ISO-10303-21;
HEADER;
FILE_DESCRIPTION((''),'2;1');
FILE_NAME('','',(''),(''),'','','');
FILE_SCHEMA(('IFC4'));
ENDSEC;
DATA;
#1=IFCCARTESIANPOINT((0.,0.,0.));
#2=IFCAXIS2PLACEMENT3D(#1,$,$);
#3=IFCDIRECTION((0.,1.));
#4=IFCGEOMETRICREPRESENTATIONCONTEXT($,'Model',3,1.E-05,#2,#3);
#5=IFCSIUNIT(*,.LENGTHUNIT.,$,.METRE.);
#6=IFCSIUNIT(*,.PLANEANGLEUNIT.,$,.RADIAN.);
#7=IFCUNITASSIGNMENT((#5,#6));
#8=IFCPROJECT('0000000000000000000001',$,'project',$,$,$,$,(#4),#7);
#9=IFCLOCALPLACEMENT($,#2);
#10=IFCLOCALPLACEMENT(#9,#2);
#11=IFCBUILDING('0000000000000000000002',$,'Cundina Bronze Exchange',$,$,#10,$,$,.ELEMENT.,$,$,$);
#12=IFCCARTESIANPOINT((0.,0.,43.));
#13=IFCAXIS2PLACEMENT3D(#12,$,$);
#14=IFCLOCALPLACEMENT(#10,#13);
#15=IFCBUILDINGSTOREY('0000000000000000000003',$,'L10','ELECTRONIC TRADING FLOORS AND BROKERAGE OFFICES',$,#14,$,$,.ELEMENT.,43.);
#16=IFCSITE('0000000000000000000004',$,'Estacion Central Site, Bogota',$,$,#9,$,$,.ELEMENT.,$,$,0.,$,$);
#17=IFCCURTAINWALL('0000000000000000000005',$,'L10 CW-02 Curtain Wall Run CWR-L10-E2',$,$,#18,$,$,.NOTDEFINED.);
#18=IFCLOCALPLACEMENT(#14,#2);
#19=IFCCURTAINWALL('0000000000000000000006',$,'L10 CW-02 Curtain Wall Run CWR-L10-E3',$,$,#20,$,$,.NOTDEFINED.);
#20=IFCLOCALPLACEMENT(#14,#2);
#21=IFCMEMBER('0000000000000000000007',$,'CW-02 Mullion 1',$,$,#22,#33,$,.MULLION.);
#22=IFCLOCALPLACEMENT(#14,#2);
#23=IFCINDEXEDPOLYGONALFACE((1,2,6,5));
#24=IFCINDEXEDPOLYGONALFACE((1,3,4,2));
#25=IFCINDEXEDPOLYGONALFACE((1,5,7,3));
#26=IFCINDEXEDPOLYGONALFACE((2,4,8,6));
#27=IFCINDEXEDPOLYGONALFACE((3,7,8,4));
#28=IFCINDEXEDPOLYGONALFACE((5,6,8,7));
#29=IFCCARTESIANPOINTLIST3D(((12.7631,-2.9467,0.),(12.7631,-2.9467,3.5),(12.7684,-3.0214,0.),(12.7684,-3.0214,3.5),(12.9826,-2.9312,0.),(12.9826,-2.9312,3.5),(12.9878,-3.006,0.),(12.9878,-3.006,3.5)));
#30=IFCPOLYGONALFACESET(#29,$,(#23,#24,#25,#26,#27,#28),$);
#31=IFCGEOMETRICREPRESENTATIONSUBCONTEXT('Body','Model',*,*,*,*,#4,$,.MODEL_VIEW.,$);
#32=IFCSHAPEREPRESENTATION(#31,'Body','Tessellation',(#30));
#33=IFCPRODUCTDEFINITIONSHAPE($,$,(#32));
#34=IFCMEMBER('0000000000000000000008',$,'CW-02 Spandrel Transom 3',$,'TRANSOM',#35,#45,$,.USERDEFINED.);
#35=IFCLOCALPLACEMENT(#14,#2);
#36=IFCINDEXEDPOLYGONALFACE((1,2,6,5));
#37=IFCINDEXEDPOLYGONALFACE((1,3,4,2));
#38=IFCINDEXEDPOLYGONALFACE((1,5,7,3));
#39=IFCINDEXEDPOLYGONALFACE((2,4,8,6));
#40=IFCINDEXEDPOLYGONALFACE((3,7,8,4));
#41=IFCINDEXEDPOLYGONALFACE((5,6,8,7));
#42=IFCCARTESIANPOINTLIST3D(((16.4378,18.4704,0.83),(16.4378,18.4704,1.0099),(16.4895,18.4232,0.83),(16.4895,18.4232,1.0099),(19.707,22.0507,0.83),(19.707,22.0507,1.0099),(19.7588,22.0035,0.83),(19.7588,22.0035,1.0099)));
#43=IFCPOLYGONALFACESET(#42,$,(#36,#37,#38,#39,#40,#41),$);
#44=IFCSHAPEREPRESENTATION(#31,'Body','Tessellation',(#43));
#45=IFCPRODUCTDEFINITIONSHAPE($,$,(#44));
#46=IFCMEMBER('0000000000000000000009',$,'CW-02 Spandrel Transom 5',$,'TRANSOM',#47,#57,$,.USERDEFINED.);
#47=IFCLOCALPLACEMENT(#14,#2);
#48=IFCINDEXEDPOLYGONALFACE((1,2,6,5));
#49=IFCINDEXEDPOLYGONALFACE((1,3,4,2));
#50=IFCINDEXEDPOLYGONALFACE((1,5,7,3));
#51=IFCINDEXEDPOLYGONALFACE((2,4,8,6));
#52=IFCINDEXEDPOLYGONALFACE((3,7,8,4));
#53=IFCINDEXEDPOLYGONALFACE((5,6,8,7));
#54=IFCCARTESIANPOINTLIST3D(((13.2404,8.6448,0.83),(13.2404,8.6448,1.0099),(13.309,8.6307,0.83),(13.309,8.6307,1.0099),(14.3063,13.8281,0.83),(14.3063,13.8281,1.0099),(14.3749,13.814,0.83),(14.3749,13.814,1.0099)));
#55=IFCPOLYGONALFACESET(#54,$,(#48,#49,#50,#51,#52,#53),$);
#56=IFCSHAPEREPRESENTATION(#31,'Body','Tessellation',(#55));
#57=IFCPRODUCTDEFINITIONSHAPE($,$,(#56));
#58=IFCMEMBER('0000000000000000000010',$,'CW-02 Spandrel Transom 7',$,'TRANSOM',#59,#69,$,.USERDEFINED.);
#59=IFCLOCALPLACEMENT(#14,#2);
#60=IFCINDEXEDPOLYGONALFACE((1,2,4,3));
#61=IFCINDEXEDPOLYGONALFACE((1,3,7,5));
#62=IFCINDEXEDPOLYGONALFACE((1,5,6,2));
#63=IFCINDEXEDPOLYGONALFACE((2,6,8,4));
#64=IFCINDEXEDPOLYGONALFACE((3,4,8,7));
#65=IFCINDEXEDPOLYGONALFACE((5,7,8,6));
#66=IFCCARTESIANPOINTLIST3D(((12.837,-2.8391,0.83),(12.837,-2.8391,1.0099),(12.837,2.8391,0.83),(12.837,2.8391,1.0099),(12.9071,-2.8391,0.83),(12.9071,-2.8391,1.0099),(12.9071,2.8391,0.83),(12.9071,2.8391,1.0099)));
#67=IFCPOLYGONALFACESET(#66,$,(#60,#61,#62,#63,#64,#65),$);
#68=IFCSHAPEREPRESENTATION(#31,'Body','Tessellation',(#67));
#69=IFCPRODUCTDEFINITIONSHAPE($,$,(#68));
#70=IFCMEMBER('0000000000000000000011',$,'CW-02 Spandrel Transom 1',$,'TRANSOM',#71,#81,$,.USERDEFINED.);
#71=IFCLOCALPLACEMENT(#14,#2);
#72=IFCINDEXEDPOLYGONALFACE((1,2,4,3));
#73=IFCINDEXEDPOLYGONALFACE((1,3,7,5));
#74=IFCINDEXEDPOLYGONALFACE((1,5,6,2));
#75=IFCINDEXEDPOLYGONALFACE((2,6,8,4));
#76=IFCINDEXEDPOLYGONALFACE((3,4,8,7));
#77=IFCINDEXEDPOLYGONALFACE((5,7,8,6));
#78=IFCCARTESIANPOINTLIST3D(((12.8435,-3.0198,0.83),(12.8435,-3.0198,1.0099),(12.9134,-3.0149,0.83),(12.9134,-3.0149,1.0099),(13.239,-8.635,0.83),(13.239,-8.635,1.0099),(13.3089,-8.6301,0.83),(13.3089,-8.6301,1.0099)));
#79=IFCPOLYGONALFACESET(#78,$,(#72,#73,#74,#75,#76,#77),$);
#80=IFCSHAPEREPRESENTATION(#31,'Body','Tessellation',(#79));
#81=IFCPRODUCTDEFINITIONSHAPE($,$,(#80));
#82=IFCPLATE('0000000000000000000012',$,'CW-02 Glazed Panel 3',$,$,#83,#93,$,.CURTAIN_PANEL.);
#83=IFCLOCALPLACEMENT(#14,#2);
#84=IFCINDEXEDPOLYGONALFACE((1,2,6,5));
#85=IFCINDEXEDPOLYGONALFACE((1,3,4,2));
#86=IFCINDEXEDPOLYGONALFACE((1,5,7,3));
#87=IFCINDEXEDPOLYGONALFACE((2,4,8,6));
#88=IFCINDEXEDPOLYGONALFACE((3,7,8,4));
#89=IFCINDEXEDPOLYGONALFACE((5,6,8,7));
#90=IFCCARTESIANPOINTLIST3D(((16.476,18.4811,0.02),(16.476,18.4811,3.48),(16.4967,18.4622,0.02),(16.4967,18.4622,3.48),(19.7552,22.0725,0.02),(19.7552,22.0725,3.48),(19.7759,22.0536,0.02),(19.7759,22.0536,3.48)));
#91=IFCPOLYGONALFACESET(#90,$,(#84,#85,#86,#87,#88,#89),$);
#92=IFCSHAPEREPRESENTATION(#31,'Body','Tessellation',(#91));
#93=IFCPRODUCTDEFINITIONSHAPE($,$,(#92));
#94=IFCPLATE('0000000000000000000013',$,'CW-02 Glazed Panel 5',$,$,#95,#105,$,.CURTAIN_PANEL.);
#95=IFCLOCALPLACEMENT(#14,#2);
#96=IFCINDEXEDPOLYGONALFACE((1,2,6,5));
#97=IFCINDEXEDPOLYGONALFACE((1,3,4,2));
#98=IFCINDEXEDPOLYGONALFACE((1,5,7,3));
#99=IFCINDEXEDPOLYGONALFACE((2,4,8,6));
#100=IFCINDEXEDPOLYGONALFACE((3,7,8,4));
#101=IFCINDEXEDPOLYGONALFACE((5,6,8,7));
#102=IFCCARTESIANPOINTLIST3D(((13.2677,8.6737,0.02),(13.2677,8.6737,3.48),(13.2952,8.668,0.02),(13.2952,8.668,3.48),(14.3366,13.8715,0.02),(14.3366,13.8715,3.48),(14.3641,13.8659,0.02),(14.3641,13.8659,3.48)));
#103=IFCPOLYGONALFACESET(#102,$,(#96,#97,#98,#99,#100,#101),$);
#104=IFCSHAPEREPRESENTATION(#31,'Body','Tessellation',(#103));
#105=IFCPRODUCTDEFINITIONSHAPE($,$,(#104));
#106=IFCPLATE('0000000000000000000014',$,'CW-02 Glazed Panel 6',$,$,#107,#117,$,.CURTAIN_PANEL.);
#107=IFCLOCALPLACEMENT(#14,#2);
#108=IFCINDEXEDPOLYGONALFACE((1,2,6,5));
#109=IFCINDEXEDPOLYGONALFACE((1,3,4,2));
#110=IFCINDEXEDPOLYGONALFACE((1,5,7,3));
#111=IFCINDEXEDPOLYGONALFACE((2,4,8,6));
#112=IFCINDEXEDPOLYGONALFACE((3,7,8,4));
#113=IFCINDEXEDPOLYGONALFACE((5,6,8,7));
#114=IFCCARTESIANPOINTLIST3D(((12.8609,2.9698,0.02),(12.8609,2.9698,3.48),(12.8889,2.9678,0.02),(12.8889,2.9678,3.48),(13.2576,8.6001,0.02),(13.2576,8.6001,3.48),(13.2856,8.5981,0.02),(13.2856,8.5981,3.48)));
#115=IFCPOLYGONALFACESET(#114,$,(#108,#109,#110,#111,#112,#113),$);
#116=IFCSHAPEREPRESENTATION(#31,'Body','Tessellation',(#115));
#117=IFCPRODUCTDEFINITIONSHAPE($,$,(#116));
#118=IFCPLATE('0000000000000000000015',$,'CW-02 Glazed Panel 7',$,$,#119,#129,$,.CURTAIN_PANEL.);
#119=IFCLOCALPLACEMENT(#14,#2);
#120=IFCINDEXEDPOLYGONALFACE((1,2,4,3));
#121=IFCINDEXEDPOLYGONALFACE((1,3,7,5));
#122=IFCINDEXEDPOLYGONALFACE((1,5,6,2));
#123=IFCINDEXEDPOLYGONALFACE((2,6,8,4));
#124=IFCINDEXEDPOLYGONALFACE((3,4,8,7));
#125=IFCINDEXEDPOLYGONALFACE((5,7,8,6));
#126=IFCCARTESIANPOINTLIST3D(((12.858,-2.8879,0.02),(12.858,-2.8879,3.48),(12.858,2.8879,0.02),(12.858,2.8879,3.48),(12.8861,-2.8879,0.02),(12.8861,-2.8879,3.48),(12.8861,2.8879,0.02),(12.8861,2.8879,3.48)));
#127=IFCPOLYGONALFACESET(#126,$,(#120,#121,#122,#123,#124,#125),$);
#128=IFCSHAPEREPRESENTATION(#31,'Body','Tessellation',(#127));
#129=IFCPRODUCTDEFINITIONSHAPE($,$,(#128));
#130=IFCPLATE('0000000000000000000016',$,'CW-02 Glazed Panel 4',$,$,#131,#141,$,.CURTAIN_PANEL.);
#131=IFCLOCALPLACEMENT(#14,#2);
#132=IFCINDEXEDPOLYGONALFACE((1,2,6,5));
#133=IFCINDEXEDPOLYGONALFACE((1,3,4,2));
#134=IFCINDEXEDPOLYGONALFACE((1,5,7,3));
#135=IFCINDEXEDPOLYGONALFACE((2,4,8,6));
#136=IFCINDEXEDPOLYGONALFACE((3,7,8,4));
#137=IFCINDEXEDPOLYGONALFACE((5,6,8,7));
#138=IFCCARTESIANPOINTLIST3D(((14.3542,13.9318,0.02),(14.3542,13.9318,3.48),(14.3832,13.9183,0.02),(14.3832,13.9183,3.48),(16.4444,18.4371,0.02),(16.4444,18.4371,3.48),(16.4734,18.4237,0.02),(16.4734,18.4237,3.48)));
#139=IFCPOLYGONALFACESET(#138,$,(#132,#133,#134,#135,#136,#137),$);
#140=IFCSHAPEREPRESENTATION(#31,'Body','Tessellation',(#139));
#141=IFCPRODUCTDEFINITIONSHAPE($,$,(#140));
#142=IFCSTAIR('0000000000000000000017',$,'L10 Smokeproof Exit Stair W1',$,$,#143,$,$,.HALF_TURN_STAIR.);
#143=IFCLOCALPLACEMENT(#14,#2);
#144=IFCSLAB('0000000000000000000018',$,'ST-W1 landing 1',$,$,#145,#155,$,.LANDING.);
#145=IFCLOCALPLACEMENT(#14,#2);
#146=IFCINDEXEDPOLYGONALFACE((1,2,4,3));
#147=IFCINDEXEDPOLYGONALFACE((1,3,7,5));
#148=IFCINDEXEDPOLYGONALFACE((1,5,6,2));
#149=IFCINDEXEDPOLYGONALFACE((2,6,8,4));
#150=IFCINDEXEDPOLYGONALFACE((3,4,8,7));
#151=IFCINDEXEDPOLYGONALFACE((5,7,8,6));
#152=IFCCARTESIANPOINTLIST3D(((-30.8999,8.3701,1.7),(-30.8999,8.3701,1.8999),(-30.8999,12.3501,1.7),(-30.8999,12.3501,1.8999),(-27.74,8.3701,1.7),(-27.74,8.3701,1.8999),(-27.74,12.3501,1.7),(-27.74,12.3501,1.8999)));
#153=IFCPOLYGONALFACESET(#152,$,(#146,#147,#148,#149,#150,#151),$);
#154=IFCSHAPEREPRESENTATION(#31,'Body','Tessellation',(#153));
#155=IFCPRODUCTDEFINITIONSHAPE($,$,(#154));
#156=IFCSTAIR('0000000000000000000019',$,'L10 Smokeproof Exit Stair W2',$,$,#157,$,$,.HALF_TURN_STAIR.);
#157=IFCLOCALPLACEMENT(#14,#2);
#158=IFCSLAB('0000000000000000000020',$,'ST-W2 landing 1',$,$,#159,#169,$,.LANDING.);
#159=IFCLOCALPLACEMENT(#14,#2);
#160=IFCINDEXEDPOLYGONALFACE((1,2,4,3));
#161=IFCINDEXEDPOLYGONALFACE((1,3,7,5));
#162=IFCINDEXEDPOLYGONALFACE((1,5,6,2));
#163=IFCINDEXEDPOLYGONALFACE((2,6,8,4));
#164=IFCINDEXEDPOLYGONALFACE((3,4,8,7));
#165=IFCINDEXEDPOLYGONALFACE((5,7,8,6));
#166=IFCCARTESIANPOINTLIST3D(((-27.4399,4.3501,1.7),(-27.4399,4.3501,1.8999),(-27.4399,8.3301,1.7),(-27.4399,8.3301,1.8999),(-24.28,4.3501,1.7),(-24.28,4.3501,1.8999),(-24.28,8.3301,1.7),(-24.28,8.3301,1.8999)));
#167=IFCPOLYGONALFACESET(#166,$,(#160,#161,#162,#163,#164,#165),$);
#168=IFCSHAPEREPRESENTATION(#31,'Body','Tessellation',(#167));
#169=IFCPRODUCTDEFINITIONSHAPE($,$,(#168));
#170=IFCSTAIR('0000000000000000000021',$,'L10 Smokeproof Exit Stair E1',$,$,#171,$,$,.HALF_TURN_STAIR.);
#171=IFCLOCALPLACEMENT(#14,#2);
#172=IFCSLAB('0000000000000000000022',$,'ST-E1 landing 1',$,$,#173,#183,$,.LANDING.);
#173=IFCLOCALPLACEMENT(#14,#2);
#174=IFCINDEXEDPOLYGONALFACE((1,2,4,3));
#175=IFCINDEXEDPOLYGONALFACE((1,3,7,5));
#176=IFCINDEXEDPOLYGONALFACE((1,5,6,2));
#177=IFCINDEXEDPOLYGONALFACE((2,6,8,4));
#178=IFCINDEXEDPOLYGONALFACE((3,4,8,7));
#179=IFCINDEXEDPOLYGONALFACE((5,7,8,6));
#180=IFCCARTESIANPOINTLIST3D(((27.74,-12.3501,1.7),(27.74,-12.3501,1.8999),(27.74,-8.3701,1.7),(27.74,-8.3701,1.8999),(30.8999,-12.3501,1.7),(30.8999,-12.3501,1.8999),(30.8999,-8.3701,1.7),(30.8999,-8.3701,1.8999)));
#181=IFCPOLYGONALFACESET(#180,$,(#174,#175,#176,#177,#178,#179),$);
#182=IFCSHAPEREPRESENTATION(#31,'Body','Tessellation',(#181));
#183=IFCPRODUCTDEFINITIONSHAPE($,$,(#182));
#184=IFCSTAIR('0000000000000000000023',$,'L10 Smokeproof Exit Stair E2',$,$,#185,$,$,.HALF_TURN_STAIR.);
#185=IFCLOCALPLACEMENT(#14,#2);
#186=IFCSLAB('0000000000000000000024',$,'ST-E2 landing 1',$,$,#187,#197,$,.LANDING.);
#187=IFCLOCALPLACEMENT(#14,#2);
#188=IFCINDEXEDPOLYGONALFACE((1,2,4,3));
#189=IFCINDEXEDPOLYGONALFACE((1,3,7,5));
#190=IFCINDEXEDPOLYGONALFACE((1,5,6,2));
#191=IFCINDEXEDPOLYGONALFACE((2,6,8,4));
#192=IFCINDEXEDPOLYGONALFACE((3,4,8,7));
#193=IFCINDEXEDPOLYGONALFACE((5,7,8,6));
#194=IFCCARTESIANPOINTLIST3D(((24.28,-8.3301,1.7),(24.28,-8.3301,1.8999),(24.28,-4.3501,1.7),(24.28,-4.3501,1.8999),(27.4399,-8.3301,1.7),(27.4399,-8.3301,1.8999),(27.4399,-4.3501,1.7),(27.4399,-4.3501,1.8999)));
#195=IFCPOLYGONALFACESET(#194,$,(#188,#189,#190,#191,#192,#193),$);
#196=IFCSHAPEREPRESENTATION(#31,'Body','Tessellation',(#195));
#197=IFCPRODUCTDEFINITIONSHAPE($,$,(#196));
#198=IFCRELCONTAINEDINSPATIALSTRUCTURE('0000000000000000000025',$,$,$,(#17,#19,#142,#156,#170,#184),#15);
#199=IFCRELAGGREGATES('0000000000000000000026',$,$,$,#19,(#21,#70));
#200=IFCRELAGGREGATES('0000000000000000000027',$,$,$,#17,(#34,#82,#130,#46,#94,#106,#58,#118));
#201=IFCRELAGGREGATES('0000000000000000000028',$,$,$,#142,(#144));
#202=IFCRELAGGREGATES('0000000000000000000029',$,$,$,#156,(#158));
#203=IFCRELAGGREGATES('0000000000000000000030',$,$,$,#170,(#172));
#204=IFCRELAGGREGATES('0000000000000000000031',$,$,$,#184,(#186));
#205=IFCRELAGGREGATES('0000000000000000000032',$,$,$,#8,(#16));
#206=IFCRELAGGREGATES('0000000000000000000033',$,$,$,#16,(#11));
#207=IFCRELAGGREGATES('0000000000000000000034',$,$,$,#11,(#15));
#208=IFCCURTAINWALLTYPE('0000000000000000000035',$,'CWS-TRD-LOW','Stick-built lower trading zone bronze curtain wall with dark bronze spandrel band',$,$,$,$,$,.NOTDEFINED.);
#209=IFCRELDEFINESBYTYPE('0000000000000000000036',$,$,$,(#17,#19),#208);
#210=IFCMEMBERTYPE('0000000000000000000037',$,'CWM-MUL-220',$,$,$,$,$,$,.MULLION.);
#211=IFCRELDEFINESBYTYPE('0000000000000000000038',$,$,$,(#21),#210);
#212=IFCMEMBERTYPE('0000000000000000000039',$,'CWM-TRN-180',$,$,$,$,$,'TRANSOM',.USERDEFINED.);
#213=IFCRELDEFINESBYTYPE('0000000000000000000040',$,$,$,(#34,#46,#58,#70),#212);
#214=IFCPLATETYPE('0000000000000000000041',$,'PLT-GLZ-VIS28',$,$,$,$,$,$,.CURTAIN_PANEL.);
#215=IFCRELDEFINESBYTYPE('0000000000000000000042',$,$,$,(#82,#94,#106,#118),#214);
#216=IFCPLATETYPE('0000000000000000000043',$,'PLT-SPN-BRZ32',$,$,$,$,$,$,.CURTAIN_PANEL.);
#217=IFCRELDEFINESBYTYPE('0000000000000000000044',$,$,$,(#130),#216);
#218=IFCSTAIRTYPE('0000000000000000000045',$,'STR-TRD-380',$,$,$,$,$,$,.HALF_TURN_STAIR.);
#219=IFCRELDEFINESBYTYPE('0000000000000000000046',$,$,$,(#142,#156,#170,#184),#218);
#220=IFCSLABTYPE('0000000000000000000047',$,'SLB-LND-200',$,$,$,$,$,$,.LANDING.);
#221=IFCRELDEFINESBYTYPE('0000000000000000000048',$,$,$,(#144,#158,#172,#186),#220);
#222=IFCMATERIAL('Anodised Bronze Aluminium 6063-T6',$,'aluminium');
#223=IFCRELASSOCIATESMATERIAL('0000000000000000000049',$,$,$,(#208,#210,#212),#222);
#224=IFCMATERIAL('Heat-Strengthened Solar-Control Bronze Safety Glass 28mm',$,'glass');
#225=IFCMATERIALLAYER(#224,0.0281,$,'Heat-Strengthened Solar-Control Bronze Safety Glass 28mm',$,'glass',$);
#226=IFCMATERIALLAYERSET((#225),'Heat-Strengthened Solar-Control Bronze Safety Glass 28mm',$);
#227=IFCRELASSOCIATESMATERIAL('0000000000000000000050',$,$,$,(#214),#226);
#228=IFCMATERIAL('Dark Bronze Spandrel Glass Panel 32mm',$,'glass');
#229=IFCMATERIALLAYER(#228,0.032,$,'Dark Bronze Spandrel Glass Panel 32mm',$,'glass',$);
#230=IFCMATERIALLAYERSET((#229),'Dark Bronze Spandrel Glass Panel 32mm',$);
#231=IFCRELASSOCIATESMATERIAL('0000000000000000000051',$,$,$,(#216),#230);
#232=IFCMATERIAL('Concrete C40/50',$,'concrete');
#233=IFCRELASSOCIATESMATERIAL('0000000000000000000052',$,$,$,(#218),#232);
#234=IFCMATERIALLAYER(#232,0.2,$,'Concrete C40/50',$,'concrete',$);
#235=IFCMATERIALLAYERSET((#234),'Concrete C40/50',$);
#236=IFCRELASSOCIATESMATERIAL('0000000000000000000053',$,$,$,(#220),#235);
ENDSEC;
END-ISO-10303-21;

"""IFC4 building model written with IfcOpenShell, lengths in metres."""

from ifc_helpers import new_model, si_unit, direction, frame, origin, origin_2d, place, context, subcontext, project, spatial, polyline, rectangle, outline, extrude, material, layer, layer_set, material_profile, profile_set, type_object, element, aggregate, save


model = new_model("IFC4")

# Units and contexts
model_context = context("Model", 3, precision=1e-05, world=origin(), true_north=direction((0.0, 1.0)))
body_context = subcontext(model_context, "Body", "Model", "MODEL_VIEW")
ifc_project = project(units=[si_unit("LENGTHUNIT", "METRE"), si_unit("PLANEANGLEUNIT", "RADIAN")], contexts=[model_context])

# Site, building, storey
site_placement = place(None, origin())
site = spatial("IfcSite", under=ifc_project, at=site_placement, Name="Estacion Central Site, Bogota", CompositionType="ELEMENT", RefElevation=0.0)
building_placement = place(site_placement, origin())
building = spatial("IfcBuilding", under=site, at=building_placement, Name="Cundina Bronze Exchange", CompositionType="ELEMENT")
storey_placement = place(building_placement, frame((0.0, 0.0, 43.0)))
storey = spatial("IfcBuildingStorey", under=building, at=storey_placement, Name="L10", Description="ELECTRONIC TRADING FLOORS AND BROKERAGE OFFICES", CompositionType="ELEMENT", Elevation=43.0)

# Curtain wall
ifc_material_1 = material(Name="Anodised Bronze Aluminium 6063-T6", Category="aluminium")
curtain_wall_type = type_object("IfcCurtainWallType", Name="CWS-TRD-LOW", Description="Stick-built lower trading zone bronze curtain wall with dark bronze spandrel band", PredefinedType="NOTDEFINED", material=ifc_material_1)
curtain_wall_1_placement = place(storey_placement, origin())
curtain_wall_1 = element("IfcCurtainWall", 1, at=curtain_wall_1_placement, inside=storey, type_object=curtain_wall_type, Name="L10 CW-02 Curtain Wall Run CWR-L10-E2", PredefinedType="NOTDEFINED")
ifc_material_profile_1 = material_profile(ifc_material_1, rectangle(XDim=0.075, YDim=0.22, at=origin_2d()), Name="AL75X220", Category="aluminium")
ifc_profile_set_1 = profile_set([ifc_material_profile_1], Name="Anodised Bronze Aluminium 6063-T6")
member_type_1 = type_object("IfcMemberType", Name="CWM-MUL-220", PredefinedType="MULLION", material=ifc_profile_set_1)

# Curtain wall, member
curtain_wall_2_placement = place(storey_placement, origin())
curtain_wall_2 = element("IfcCurtainWall", 2, at=curtain_wall_2_placement, inside=storey, type_object=curtain_wall_type, Name="L10 CW-02 Curtain Wall Run CWR-L10-E3", PredefinedType="NOTDEFINED")
member_1_placement = place(storey_placement, frame((12.8755, -2.9763, 0.0), z_axis=(0.0, 0.0, 1.0), x_axis=(0.070279, -0.997527, 0.0)))
member_1 = element("IfcMember", 3, at=member_1_placement, type_object=member_type_1, Name="CW-02 Mullion 1", PredefinedType="MULLION", context=body_context, shape_type="SweptSolid", body=[
    extrude(rectangle(XDim=0.075, YDim=0.22, at=origin_2d()), origin(), (0.0, 0.0, 1.0), 3.5),
])

# Members
ifc_material_profile_2 = material_profile(ifc_material_1, rectangle(XDim=0.0701, YDim=0.1799, at=origin_2d()), Name="AL70X180", Category="aluminium")
ifc_profile_set_2 = profile_set([ifc_material_profile_2], Name="Anodised Bronze Aluminium 6063-T6")
member_type_2 = type_object("IfcMemberType", Name="CWM-TRN-180", ElementType="TRANSOM", PredefinedType="USERDEFINED", material=ifc_profile_set_2)
member_2_placement = place(storey_placement, frame((19.7329, 22.0271, 0.9199), z_axis=(-0.674303, -0.738455, 0.0), x_axis=(0.738455, -0.674303, 0.0)))
member_2 = element("IfcMember", 4, at=member_2_placement, type_object=member_type_2, Name="CW-02 Spandrel Transom 3", ObjectType="TRANSOM", PredefinedType="USERDEFINED", context=body_context, shape_type="SweptSolid", body=[
    extrude(rectangle(XDim=0.0701, YDim=0.1799, at=origin_2d()), origin(), (0.0, 0.0, 1.0), 4.8484),
])
member_3_placement = place(storey_placement, frame((14.3406, 13.821, 0.9199), z_axis=(-0.201428, -0.979503, 0.0), x_axis=(0.979503, -0.201428, 0.0)))
member_3 = element("IfcMember", 5, at=member_3_placement, type_object=member_type_2, Name="CW-02 Spandrel Transom 5", ObjectType="TRANSOM", PredefinedType="USERDEFINED", context=body_context, shape_type="SweptSolid", body=[
    extrude(rectangle(XDim=0.0701, YDim=0.1799, at=origin_2d()), origin(), (0.0, 0.0, 1.0), 5.2917),
])
member_4_placement = place(storey_placement, frame((12.8721, 2.8391, 0.9199), z_axis=(0.0, -1.0, 0.0), x_axis=(1.0, 0.0, 0.0)))
member_4 = element("IfcMember", 6, at=member_4_placement, type_object=member_type_2, Name="CW-02 Spandrel Transom 7", ObjectType="TRANSOM", PredefinedType="USERDEFINED", context=body_context, shape_type="SweptSolid", body=[
    extrude(rectangle(XDim=0.0701, YDim=0.1799, at=origin_2d()), origin(), (0.0, 0.0, 1.0), 5.6782),
])
member_5_placement = place(storey_placement, frame((12.8784, -3.0173, 0.9199), z_axis=(0.070261, -0.997529, 0.0), x_axis=(0.997529, 0.070261, 0.0)))
member_5 = element("IfcMember", 7, at=member_5_placement, type_object=member_type_2, Name="CW-02 Spandrel Transom 1", ObjectType="TRANSOM", PredefinedType="USERDEFINED", context=body_context, shape_type="SweptSolid", body=[
    extrude(rectangle(XDim=0.0701, YDim=0.1799, at=origin_2d()), origin(), (0.0, 0.0, 1.0), 5.6292),
])
aggregate(curtain_wall_2, [member_1, member_5])

# Plates
ifc_material_2 = material(Name="Heat-Strengthened Solar-Control Bronze Safety Glass 28mm", Category="glass")
ifc_layer_1 = layer(ifc_material_2, 0.0281, Name="Heat-Strengthened Solar-Control Bronze Safety Glass 28mm", Category="glass")
ifc_layer_set_1 = layer_set([ifc_layer_1], Name="Heat-Strengthened Solar-Control Bronze Safety Glass 28mm")
plate_type_1 = type_object("IfcPlateType", Name="PLT-GLZ-VIS28", PredefinedType="CURTAIN_PANEL", material=ifc_layer_set_1)
plate_1_placement = place(storey_placement, frame((18.126, 20.2673, 0.02), z_axis=(0.0, 0.0, 1.0), x_axis=(-0.674277, -0.738479, 0.0)))
plate_1 = element("IfcPlate", 8, at=plate_1_placement, type_object=plate_type_1, Name="CW-02 Glazed Panel 3", PredefinedType="CURTAIN_PANEL", context=body_context, shape_type="SweptSolid", body=[
    extrude(rectangle(XDim=4.8633, YDim=0.0281, at=origin_2d()), origin(), (0.0, 0.0, 1.0), 3.46),
])
plate_2_placement = place(storey_placement, frame((13.8159, 11.2698, 0.02), z_axis=(0.0, 0.0, 1.0), x_axis=(-0.20142, -0.979505, 0.0)))
plate_2 = element("IfcPlate", 9, at=plate_2_placement, type_object=plate_type_1, Name="CW-02 Glazed Panel 5", PredefinedType="CURTAIN_PANEL", context=body_context, shape_type="SweptSolid", body=[
    extrude(rectangle(XDim=5.3066, YDim=0.0281, at=origin_2d()), origin(), (0.0, 0.0, 1.0), 3.46),
])
plate_3_placement = place(storey_placement, frame((13.0732, 5.7839, 0.02), z_axis=(0.0, 0.0, 1.0), x_axis=(-0.070279, -0.997527, 0.0)))
plate_3 = element("IfcPlate", 10, at=plate_3_placement, type_object=plate_type_1, Name="CW-02 Glazed Panel 6", PredefinedType="CURTAIN_PANEL", context=body_context, shape_type="SweptSolid", body=[
    extrude(rectangle(XDim=5.6443, YDim=0.0281, at=origin_2d()), origin(), (0.0, 0.0, 1.0), 3.46),
])
plate_4_placement = place(storey_placement, frame((12.8721, 0.0, 0.02), z_axis=(0.0, 0.0, 1.0), x_axis=(0.0, -1.0, 0.0)))
plate_4 = element("IfcPlate", 11, at=plate_4_placement, type_object=plate_type_1, Name="CW-02 Glazed Panel 7", PredefinedType="CURTAIN_PANEL", context=body_context, shape_type="SweptSolid", body=[
    extrude(rectangle(XDim=5.7759, YDim=0.0281, at=origin_2d()), origin(), (0.0, 0.0, 1.0), 3.46),
])
ifc_material_3 = material(Name="Dark Bronze Spandrel Glass Panel 32mm", Category="glass")
ifc_layer_2 = layer(ifc_material_3, 0.032, Name="Dark Bronze Spandrel Glass Panel 32mm", Category="glass")
ifc_layer_set_2 = layer_set([ifc_layer_2], Name="Dark Bronze Spandrel Glass Panel 32mm")
plate_type_2 = type_object("IfcPlateType", Name="PLT-SPN-BRZ32", PredefinedType="CURTAIN_PANEL", material=ifc_layer_set_2)
plate_5_placement = place(storey_placement, frame((15.4138, 16.1777, 0.02), z_axis=(0.0, 0.0, 1.0), x_axis=(-0.420846, -0.907132, 0.0)))
plate_5 = element("IfcPlate", 12, at=plate_5_placement, type_object=plate_type_2, Name="CW-02 Glazed Panel 4", PredefinedType="CURTAIN_PANEL", context=body_context, shape_type="SweptSolid", body=[
    extrude(rectangle(XDim=4.9666, YDim=0.032, at=origin_2d()), origin(), (0.0, 0.0, 1.0), 3.46),
])
aggregate(curtain_wall_1, [member_2, plate_1, plate_5, member_3, plate_2, plate_3, member_4, plate_4])

# Stairs, slabs
ifc_material_4 = material(Name="Concrete C40/50", Category="concrete")
stair_type = type_object("IfcStairType", Name="STR-TRD-380", PredefinedType="HALF_TURN_STAIR", material=ifc_material_4)
stair_1_placement = place(storey_placement, origin())
stair_1 = element("IfcStair", 13, at=stair_1_placement, inside=storey, type_object=stair_type, Name="L10 Smokeproof Exit Stair W1", PredefinedType="HALF_TURN_STAIR")
ifc_layer_3 = layer(ifc_material_4, 0.2, Name="Concrete C40/50", Category="concrete")
ifc_layer_set_3 = layer_set([ifc_layer_3], Name="Concrete C40/50")
slab_type = type_object("IfcSlabType", Name="SLB-LND-200", PredefinedType="LANDING", material=ifc_layer_set_3)
slab_1_placement = place(storey_placement, frame((0.0, 0.0, 1.7)))
slab_1 = element("IfcSlab", 14, at=slab_1_placement, type_object=slab_type, Name="ST-W1 landing 1", PredefinedType="LANDING", context=body_context, shape_type="SweptSolid", body=[
    extrude(outline(polyline([(-27.74, 8.3701), (-27.74, 12.3501), (-30.8999, 12.3501), (-30.8999, 8.3701), (-27.74, 8.3701)])), origin(), (0.0, 0.0, 1.0), 0.2),
])
aggregate(stair_1, [slab_1])
stair_2_placement = place(storey_placement, origin())
stair_2 = element("IfcStair", 15, at=stair_2_placement, inside=storey, type_object=stair_type, Name="L10 Smokeproof Exit Stair W2", PredefinedType="HALF_TURN_STAIR")
slab_2_placement = place(storey_placement, frame((0.0, 0.0, 1.7)))
slab_2 = element("IfcSlab", 16, at=slab_2_placement, type_object=slab_type, Name="ST-W2 landing 1", PredefinedType="LANDING", context=body_context, shape_type="SweptSolid", body=[
    extrude(outline(polyline([(-27.4399, 8.3301), (-27.4399, 4.3501), (-24.28, 4.3501), (-24.28, 8.3301), (-27.4399, 8.3301)])), origin(), (0.0, 0.0, 1.0), 0.2),
])
aggregate(stair_2, [slab_2])
stair_3_placement = place(storey_placement, origin())
stair_3 = element("IfcStair", 17, at=stair_3_placement, inside=storey, type_object=stair_type, Name="L10 Smokeproof Exit Stair E1", PredefinedType="HALF_TURN_STAIR")
slab_3_placement = place(storey_placement, frame((0.0, 0.0, 1.7)))
slab_3 = element("IfcSlab", 18, at=slab_3_placement, type_object=slab_type, Name="ST-E1 landing 1", PredefinedType="LANDING", context=body_context, shape_type="SweptSolid", body=[
    extrude(outline(polyline([(27.74, -8.3701), (27.74, -12.3501), (30.8999, -12.3501), (30.8999, -8.3701), (27.74, -8.3701)])), origin(), (0.0, 0.0, 1.0), 0.2),
])
aggregate(stair_3, [slab_3])
stair_4_placement = place(storey_placement, origin())
stair_4 = element("IfcStair", 19, at=stair_4_placement, inside=storey, type_object=stair_type, Name="L10 Smokeproof Exit Stair E2", PredefinedType="HALF_TURN_STAIR")
slab_4_placement = place(storey_placement, frame((0.0, 0.0, 1.7)))
slab_4 = element("IfcSlab", 20, at=slab_4_placement, type_object=slab_type, Name="ST-E2 landing 1", PredefinedType="LANDING", context=body_context, shape_type="SweptSolid", body=[
    extrude(outline(polyline([(27.4399, -8.3301), (27.4399, -4.3501), (24.28, -4.3501), (24.28, -8.3301), (27.4399, -8.3301)])), origin(), (0.0, 0.0, 1.0), 0.2),
])
aggregate(stair_4, [slab_4])

save(model, "model.ifc")
